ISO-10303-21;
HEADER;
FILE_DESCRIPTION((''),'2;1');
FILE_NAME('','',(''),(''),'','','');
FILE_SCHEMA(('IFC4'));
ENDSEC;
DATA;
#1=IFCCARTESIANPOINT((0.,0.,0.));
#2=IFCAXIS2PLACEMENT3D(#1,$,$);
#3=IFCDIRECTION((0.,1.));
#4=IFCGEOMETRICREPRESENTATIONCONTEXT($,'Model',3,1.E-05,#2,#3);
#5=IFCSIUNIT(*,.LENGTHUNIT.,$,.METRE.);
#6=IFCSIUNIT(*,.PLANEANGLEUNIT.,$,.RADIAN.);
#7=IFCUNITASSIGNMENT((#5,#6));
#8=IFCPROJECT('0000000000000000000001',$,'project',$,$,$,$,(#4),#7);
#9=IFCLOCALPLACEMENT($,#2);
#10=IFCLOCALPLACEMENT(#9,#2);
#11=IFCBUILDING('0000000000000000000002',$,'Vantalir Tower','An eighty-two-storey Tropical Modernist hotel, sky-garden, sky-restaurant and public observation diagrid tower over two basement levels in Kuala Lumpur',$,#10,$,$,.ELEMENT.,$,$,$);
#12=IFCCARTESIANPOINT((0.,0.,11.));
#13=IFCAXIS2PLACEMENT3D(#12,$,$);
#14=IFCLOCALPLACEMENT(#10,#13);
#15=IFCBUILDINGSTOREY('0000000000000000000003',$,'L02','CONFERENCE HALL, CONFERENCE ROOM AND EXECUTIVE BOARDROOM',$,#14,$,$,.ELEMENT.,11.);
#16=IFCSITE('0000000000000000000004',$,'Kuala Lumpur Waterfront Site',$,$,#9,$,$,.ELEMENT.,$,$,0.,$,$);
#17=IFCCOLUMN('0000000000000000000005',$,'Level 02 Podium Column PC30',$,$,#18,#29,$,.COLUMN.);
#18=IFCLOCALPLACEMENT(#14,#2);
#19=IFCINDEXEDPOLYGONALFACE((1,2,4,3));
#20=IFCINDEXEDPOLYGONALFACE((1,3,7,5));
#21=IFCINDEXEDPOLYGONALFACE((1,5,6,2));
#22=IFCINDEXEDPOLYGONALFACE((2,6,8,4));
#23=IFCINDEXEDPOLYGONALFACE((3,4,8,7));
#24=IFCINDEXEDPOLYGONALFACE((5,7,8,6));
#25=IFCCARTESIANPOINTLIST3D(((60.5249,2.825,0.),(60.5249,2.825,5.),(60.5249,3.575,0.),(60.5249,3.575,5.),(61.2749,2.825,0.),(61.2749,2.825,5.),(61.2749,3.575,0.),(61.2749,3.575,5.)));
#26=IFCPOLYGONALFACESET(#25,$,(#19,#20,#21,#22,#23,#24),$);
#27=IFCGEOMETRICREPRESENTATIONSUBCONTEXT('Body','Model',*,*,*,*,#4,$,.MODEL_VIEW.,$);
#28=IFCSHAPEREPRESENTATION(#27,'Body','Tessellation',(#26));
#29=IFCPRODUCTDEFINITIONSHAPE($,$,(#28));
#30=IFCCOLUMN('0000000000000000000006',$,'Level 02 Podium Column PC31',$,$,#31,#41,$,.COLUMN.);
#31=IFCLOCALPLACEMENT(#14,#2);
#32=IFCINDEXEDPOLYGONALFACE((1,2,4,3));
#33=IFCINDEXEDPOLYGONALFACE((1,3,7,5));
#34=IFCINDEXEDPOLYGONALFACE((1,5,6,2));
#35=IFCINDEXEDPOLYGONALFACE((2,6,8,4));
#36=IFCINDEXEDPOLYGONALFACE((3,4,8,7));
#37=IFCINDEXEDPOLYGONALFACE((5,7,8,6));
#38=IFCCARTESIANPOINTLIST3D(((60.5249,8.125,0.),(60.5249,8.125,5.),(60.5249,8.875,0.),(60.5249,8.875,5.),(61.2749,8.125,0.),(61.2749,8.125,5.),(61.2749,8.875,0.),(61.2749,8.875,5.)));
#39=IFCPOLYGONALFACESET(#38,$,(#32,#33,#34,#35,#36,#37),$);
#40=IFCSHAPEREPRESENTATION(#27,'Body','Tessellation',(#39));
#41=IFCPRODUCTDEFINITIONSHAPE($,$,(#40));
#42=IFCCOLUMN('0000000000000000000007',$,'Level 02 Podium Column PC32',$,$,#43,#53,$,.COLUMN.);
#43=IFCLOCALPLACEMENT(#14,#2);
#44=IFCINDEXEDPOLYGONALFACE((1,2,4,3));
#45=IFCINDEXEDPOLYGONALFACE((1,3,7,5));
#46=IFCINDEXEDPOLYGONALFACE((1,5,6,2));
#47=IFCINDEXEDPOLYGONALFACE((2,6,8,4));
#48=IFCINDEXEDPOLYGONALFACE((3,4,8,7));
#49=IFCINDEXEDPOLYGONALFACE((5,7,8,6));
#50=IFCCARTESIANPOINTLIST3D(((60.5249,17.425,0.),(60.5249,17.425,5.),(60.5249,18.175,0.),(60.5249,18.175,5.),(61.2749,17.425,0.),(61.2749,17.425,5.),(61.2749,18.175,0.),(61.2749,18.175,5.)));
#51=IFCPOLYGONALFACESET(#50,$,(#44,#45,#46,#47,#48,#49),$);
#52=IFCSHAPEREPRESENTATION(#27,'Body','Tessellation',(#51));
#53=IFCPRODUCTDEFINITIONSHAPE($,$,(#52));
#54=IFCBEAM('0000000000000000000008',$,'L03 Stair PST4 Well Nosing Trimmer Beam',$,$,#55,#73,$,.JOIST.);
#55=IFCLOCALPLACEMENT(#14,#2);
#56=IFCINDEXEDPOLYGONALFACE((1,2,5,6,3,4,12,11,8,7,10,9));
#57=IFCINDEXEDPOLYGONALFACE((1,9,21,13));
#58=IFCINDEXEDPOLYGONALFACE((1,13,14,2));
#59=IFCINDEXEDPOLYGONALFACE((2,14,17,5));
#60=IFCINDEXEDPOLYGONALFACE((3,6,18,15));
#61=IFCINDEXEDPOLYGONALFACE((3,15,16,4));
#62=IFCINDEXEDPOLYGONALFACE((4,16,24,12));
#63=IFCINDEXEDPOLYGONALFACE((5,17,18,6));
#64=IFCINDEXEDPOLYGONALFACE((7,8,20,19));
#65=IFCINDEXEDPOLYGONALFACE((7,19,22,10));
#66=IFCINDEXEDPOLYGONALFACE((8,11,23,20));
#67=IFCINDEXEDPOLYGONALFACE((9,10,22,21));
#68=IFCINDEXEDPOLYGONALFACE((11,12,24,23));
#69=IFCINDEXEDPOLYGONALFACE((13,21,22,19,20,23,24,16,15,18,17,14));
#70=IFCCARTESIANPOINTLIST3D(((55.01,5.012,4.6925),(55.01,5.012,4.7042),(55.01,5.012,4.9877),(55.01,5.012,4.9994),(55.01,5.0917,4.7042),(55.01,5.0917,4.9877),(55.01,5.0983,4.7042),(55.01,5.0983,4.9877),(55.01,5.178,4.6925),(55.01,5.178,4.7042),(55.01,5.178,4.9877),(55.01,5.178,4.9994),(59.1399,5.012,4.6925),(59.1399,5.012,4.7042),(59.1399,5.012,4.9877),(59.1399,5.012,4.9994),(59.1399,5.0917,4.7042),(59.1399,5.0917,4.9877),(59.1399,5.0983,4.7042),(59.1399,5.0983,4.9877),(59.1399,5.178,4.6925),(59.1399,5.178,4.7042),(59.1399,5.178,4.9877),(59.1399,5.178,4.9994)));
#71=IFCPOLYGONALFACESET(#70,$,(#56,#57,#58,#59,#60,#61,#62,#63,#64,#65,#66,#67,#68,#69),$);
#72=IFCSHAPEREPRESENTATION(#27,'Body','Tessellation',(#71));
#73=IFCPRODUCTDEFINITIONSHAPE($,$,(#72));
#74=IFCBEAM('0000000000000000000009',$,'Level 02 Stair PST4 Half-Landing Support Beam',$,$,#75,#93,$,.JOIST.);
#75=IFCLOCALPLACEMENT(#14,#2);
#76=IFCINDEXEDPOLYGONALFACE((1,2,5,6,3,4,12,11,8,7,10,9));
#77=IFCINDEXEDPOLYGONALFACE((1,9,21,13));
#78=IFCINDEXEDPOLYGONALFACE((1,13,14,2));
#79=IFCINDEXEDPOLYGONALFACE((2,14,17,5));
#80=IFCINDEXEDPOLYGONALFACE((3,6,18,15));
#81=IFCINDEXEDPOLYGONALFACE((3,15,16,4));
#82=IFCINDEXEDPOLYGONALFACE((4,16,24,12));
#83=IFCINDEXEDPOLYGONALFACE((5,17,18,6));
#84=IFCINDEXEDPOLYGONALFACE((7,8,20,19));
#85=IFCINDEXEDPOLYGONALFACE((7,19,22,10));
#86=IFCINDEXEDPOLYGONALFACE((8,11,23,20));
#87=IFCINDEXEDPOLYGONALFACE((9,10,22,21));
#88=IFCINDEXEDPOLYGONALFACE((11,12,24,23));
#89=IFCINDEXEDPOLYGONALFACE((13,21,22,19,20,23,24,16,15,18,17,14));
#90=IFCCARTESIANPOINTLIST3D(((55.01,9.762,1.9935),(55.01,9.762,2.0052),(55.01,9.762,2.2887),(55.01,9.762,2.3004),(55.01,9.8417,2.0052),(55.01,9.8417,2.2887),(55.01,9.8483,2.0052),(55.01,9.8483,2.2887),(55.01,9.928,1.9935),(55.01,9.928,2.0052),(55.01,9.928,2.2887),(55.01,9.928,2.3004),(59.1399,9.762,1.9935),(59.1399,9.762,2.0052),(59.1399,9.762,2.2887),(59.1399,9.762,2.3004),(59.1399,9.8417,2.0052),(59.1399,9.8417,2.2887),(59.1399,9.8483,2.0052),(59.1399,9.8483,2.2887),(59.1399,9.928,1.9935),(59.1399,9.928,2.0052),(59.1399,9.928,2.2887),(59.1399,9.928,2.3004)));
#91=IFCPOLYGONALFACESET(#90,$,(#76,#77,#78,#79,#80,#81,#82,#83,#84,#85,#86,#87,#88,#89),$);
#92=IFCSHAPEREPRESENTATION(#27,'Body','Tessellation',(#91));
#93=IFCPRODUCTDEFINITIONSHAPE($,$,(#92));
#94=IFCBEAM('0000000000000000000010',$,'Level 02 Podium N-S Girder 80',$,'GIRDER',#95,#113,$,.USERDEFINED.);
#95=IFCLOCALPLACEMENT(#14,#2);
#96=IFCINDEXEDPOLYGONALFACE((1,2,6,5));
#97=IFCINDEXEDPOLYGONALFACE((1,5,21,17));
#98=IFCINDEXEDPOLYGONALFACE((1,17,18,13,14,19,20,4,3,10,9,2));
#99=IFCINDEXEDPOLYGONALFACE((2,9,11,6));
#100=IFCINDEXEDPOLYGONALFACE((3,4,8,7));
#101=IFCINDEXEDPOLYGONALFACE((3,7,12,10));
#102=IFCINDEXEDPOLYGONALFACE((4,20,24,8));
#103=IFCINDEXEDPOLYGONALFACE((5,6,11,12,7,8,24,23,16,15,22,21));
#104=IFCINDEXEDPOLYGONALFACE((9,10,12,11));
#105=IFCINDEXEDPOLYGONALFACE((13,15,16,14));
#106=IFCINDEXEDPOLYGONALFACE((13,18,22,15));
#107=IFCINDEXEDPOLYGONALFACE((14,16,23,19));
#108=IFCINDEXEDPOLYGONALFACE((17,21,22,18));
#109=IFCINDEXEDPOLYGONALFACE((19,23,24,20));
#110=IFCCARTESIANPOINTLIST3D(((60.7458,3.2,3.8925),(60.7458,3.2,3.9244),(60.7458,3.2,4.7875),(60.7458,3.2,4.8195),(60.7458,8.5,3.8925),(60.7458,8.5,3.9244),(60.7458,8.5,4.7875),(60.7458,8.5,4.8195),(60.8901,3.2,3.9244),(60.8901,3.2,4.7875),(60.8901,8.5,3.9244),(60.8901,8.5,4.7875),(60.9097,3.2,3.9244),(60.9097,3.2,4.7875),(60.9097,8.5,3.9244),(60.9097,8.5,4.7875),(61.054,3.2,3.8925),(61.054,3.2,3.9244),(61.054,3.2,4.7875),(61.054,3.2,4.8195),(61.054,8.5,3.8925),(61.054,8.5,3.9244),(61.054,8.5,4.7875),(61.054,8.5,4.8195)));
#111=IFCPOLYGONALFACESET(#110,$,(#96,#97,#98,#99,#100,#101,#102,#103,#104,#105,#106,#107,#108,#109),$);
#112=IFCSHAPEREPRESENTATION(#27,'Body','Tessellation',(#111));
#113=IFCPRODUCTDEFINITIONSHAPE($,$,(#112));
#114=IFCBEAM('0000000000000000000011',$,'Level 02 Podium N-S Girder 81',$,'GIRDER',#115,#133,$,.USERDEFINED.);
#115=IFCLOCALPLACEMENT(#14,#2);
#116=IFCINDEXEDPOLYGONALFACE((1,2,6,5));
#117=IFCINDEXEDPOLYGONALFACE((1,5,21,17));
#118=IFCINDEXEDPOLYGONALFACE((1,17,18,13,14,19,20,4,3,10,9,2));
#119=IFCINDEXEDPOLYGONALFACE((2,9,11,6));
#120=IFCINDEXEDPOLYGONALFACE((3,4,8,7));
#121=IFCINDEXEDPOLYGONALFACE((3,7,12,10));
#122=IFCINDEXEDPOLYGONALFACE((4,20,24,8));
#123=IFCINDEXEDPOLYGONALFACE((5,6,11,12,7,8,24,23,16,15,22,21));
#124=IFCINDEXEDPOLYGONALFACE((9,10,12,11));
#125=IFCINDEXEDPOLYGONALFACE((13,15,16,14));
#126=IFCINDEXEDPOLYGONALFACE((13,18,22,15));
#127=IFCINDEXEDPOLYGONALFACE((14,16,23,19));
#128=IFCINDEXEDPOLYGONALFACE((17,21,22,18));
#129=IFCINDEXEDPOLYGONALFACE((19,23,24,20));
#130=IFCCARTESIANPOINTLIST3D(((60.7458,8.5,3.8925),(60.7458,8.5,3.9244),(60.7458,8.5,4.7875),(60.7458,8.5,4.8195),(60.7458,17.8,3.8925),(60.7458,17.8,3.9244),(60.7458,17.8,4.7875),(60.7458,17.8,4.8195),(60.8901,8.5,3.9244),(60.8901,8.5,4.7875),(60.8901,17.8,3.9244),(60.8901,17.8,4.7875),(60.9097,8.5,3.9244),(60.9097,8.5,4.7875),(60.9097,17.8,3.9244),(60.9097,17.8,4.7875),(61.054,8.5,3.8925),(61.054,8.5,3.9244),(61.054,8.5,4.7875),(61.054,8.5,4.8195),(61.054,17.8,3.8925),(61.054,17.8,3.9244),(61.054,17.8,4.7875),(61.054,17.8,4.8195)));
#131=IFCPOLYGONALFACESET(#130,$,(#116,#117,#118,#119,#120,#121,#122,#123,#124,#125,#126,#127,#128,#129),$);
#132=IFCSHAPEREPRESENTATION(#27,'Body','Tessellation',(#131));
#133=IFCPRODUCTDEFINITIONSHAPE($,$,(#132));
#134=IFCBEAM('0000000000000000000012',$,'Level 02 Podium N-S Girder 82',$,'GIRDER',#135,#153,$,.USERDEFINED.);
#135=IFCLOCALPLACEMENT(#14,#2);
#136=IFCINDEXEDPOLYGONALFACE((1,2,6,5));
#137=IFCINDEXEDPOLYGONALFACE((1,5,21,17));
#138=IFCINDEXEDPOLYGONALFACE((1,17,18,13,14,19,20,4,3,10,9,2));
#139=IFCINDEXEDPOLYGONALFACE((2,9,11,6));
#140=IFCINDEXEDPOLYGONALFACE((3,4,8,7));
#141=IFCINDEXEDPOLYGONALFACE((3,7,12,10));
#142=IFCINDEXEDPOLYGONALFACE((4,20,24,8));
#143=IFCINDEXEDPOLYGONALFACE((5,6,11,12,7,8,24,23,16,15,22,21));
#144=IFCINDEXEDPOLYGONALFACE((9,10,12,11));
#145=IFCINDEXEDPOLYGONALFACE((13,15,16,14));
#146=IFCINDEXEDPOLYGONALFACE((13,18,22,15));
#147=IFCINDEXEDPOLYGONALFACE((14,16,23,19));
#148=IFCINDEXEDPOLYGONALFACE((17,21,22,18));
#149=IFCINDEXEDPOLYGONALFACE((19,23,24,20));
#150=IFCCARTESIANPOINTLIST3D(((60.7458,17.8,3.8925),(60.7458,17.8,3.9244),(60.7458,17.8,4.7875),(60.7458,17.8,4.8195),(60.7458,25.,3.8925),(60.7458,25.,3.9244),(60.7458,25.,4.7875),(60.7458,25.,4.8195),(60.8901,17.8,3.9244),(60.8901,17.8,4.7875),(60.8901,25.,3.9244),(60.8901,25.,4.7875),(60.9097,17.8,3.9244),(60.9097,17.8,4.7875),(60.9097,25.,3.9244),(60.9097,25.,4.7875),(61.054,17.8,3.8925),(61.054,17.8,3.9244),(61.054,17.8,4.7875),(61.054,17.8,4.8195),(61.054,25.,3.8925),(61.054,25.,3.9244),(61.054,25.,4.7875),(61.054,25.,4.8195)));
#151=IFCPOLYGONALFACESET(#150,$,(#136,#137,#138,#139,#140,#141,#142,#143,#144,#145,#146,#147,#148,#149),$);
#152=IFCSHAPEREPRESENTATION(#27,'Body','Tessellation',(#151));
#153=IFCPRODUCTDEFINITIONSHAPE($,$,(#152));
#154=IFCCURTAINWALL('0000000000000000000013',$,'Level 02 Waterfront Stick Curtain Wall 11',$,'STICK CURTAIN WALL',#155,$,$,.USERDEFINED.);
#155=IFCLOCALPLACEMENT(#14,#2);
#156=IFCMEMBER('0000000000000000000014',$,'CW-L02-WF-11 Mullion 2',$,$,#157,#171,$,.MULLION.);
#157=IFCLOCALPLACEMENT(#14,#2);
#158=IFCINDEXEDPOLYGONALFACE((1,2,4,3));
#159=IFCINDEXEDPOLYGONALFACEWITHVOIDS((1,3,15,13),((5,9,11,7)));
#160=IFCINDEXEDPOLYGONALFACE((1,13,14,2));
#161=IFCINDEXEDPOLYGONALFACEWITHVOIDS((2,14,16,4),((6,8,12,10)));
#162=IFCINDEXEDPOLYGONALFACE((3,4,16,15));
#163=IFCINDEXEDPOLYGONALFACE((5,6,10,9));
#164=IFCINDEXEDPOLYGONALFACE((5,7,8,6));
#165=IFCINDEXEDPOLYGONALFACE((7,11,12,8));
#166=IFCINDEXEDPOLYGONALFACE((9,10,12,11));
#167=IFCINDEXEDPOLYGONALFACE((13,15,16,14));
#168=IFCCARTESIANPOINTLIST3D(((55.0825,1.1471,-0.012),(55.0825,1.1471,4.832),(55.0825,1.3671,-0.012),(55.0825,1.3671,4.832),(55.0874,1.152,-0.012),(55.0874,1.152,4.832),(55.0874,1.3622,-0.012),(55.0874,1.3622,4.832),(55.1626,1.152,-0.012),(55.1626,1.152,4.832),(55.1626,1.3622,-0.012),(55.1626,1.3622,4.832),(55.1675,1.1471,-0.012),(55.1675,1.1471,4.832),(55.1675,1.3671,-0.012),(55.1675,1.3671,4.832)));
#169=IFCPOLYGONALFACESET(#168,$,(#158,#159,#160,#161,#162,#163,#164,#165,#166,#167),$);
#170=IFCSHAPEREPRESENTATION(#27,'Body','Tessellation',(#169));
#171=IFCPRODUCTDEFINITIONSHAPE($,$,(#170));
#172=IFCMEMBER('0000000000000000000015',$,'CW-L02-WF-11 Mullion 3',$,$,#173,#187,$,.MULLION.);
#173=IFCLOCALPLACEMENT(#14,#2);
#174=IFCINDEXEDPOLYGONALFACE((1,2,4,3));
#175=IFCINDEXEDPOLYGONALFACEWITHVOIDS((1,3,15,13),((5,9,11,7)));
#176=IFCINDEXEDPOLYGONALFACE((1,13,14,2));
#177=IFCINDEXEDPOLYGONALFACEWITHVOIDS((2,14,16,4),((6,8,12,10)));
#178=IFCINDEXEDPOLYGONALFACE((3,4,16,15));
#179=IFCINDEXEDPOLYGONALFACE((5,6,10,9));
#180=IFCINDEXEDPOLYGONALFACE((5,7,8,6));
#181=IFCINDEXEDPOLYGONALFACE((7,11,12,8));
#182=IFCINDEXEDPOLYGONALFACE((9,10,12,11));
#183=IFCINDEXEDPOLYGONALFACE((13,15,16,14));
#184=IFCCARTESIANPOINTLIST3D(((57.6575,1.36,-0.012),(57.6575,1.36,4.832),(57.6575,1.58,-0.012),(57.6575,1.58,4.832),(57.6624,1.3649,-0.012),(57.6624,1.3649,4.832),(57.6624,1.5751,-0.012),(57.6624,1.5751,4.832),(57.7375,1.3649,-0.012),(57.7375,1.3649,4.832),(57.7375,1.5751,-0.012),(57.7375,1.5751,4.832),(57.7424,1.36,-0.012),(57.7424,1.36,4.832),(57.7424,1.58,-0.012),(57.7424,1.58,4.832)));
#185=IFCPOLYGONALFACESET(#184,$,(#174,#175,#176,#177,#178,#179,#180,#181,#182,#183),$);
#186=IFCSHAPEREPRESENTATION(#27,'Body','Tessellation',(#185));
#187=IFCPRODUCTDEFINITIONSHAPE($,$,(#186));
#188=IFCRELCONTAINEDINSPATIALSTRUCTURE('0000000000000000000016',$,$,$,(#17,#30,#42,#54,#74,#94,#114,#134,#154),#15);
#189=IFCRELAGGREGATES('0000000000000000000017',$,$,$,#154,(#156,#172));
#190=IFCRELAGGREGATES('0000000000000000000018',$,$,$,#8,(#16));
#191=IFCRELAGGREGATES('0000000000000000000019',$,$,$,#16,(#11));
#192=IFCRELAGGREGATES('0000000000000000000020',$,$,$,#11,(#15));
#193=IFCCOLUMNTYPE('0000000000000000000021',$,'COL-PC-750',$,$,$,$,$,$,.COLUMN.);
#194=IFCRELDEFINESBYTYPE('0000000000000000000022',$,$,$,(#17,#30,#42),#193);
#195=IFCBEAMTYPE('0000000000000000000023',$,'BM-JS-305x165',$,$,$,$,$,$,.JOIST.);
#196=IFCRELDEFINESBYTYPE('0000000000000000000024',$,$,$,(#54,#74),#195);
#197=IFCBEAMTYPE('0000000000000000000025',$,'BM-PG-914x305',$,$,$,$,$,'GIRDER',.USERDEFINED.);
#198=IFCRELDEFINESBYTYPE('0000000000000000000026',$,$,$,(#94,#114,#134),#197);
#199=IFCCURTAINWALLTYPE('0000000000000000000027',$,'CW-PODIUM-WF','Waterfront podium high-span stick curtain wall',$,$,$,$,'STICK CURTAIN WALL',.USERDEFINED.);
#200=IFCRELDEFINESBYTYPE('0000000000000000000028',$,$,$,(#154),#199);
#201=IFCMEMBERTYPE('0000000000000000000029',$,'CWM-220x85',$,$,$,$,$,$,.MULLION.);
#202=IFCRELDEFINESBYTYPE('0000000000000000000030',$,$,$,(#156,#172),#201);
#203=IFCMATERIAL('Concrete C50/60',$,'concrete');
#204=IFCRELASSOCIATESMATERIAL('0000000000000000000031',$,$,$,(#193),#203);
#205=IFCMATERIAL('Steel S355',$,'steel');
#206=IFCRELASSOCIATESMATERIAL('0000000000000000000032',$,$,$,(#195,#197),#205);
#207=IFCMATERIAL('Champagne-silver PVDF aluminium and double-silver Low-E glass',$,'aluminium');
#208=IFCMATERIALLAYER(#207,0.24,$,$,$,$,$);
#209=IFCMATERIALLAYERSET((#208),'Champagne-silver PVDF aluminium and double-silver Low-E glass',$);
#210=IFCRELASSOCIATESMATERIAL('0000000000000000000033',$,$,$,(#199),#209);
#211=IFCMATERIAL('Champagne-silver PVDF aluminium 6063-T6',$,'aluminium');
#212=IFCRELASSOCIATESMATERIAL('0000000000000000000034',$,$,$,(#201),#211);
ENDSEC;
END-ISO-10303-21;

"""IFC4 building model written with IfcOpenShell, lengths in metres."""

from ifc_helpers import new_model, si_unit, direction, frame, origin, origin_2d, place, context, subcontext, project, spatial, rectangle, hollow_rectangle, i_section, extrude, material, layer, layer_set, material_profile, profile_set, type_object, element, aggregate, save


model = new_model("IFC4")

# Units and contexts
model_context = context("Model", 3, precision=1e-05, world=origin(), true_north=direction((0.0, 1.0)))
body_context = subcontext(model_context, "Body", "Model", "MODEL_VIEW")
ifc_project = project(units=[si_unit("LENGTHUNIT", "METRE"), si_unit("PLANEANGLEUNIT", "RADIAN")], contexts=[model_context])

# Site, building, storey
site_placement = place(None, origin())
site = spatial("IfcSite", under=ifc_project, at=site_placement, Name="Kuala Lumpur Waterfront Site", CompositionType="ELEMENT", RefElevation=0.0)
building_placement = place(site_placement, origin())
building = spatial("IfcBuilding", under=site, at=building_placement, Name="Vantalir Tower", Description="An eighty-two-storey Tropical Modernist hotel, sky-garden, sky-restaurant and public observation diagrid tower over two basement levels in Kuala Lumpur", CompositionType="ELEMENT")
storey_placement = place(building_placement, frame((0.0, 0.0, 11.0)))
storey = spatial("IfcBuildingStorey", under=building, at=storey_placement, Name="L02", Description="CONFERENCE HALL, CONFERENCE ROOM AND EXECUTIVE BOARDROOM", CompositionType="ELEMENT", Elevation=11.0)

# Columns
ifc_material_1 = material(Name="Concrete C50/60", Category="concrete")
ifc_material_profile_1 = material_profile(ifc_material_1, rectangle(XDim=0.75, YDim=0.75, at=origin_2d()), Name="Concrete C50/60")
ifc_profile_set_1 = profile_set([ifc_material_profile_1], Name="Concrete C50/60")
column_type = type_object("IfcColumnType", Name="COL-PC-750", PredefinedType="COLUMN", material=ifc_profile_set_1)
for number, where, z_axis, x_axis, name in (
    (1, (60.8999, 3.2, 0.0), (0.0, 0.0, 1.0), (1.0, 0.0, 0.0), "Level 02 Podium Column PC30"),
    (2, (60.8999, 8.5, 0.0), (0.0, 0.0, 1.0), (1.0, 0.0, 0.0), "Level 02 Podium Column PC31"),
    (3, (60.8999, 17.8, 0.0), (0.0, 0.0, 1.0), (1.0, 0.0, 0.0), "Level 02 Podium Column PC32"),
):
    element("IfcColumn", number, at=place(storey_placement, frame(where, z_axis=z_axis, x_axis=x_axis)), inside=storey, type_object=column_type, Name=name, PredefinedType="COLUMN", context=body_context, shape_type="SweptSolid", body=[
        extrude(rectangle(XDim=0.75, YDim=0.75, at=origin_2d()), origin(), (0.0, 0.0, 1.0), 5.0),
    ])

# Beams
ifc_material_2 = material(Name="Steel S355", Category="steel")
ifc_material_profile_2 = material_profile(ifc_material_2, i_section(OverallWidth=0.166, OverallDepth=0.3069, WebThickness=0.0066, FlangeThickness=0.0117, at=origin_2d()), Name="Steel S355")
ifc_profile_set_2 = profile_set([ifc_material_profile_2], Name="Steel S355")
beam_type_1 = type_object("IfcBeamType", Name="BM-JS-305x165", PredefinedType="JOIST", material=ifc_profile_set_2)
for number, where, z_axis, x_axis, name in (
    (4, (55.01, 5.095, 4.8459), (1.0, 0.0, 0.0), (0.0, 1.0, 0.0), "L03 Stair PST4 Well Nosing Trimmer Beam"),
    (5, (55.01, 9.845, 2.147), (1.0, 0.0, 0.0), (0.0, 1.0, 0.0), "Level 02 Stair PST4 Half-Landing Support Beam"),
):
    element("IfcBeam", number, at=place(storey_placement, frame(where, z_axis=z_axis, x_axis=x_axis)), inside=storey, type_object=beam_type_1, Name=name, PredefinedType="JOIST", context=body_context, shape_type="SweptSolid", body=[
        extrude(i_section(OverallWidth=0.166, OverallDepth=0.3069, WebThickness=0.0066, FlangeThickness=0.0117, at=origin_2d()), origin(), (0.0, 0.0, 1.0), 4.1299),
    ])
ifc_material_profile_3 = material_profile(ifc_material_2, i_section(OverallWidth=0.3081, OverallDepth=0.927, WebThickness=0.0195, FlangeThickness=0.032, at=origin_2d()), Name="Steel S355")
ifc_profile_set_3 = profile_set([ifc_material_profile_3], Name="Steel S355")
beam_type_2 = type_object("IfcBeamType", Name="BM-PG-914x305", ElementType="GIRDER", PredefinedType="USERDEFINED", material=ifc_profile_set_3)
beam_1_placement = place(storey_placement, frame((60.8999, 3.2, 4.356), z_axis=(0.0, 1.0, 0.0), x_axis=(-1.0, 0.0, 0.0)))
element("IfcBeam", 6, at=beam_1_placement, inside=storey, type_object=beam_type_2, Name="Level 02 Podium N-S Girder 80", ObjectType="GIRDER", PredefinedType="USERDEFINED", context=body_context, shape_type="SweptSolid", body=[
    extrude(i_section(OverallWidth=0.3081, OverallDepth=0.927, WebThickness=0.0195, FlangeThickness=0.032, at=origin_2d()), origin(), (0.0, 0.0, 1.0), 5.3),
])
beam_2_placement = place(storey_placement, frame((60.8999, 8.5, 4.356), z_axis=(0.0, 1.0, 0.0), x_axis=(-1.0, 0.0, 0.0)))
element("IfcBeam", 7, at=beam_2_placement, inside=storey, type_object=beam_type_2, Name="Level 02 Podium N-S Girder 81", ObjectType="GIRDER", PredefinedType="USERDEFINED", context=body_context, shape_type="SweptSolid", body=[
    extrude(i_section(OverallWidth=0.3081, OverallDepth=0.927, WebThickness=0.0195, FlangeThickness=0.032, at=origin_2d()), origin(), (0.0, 0.0, 1.0), 9.3),
])
beam_3_placement = place(storey_placement, frame((60.8999, 17.8, 4.356), z_axis=(0.0, 1.0, 0.0), x_axis=(-1.0, 0.0, 0.0)))
element("IfcBeam", 8, at=beam_3_placement, inside=storey, type_object=beam_type_2, Name="Level 02 Podium N-S Girder 82", ObjectType="GIRDER", PredefinedType="USERDEFINED", context=body_context, shape_type="SweptSolid", body=[
    extrude(i_section(OverallWidth=0.3081, OverallDepth=0.927, WebThickness=0.0195, FlangeThickness=0.032, at=origin_2d()), origin(), (0.0, 0.0, 1.0), 7.2),
])

# Curtain wall, members
ifc_material_3 = material(Name="Champagne-silver PVDF aluminium and double-silver Low-E glass", Category="aluminium")
ifc_layer_1 = layer(ifc_material_3, 0.24)
ifc_layer_set_1 = layer_set([ifc_layer_1], Name="Champagne-silver PVDF aluminium and double-silver Low-E glass")
curtain_wall_type = type_object("IfcCurtainWallType", Name="CW-PODIUM-WF", Description="Waterfront podium high-span stick curtain wall", ElementType="STICK CURTAIN WALL", PredefinedType="USERDEFINED", material=ifc_layer_set_1)
curtain_wall_1_placement = place(storey_placement, origin())
curtain_wall_1 = element("IfcCurtainWall", 9, at=curtain_wall_1_placement, inside=storey, type_object=curtain_wall_type, Name="Level 02 Waterfront Stick Curtain Wall 11", ObjectType="STICK CURTAIN WALL", PredefinedType="USERDEFINED")
ifc_material_4 = material(Name="Champagne-silver PVDF aluminium 6063-T6", Category="aluminium")
ifc_material_profile_4 = material_profile(ifc_material_4, hollow_rectangle(XDim=0.085, YDim=0.22, WallThickness=0.0049, at=origin_2d()), Name="Champagne-silver PVDF aluminium 6063-T6")
ifc_profile_set_4 = profile_set([ifc_material_profile_4], Name="Champagne-silver PVDF aluminium 6063-T6")
member_type_1 = type_object("IfcMemberType", Name="CWM-220x85", PredefinedType="MULLION", material=ifc_profile_set_4)
member_1_placement = place(storey_placement, frame((55.125, 1.2571, -0.012), z_axis=(0.0, 0.0, 1.0), x_axis=(1.0, 0.0, 0.0)))
member_1 = element("IfcMember", 10, at=member_1_placement, type_object=member_type_1, Name="CW-L02-WF-11 Mullion 2", PredefinedType="MULLION", context=body_context, shape_type="SweptSolid", body=[
    extrude(hollow_rectangle(XDim=0.085, YDim=0.22, WallThickness=0.0049, at=origin_2d()), origin(), (0.0, 0.0, 1.0), 4.844),
])
member_2_placement = place(storey_placement, frame((57.7, 1.47, -0.012), z_axis=(0.0, 0.0, 1.0), x_axis=(1.0, 0.0, 0.0)))
member_2 = element("IfcMember", 11, at=member_2_placement, type_object=member_type_1, Name="CW-L02-WF-11 Mullion 3", PredefinedType="MULLION", context=body_context, shape_type="SweptSolid", body=[
    extrude(hollow_rectangle(XDim=0.085, YDim=0.22, WallThickness=0.0049, at=origin_2d()), origin(), (0.0, 0.0, 1.0), 4.844),
])

aggregate(curtain_wall_1, [member_1, member_2])

save(model, "model.ifc")
